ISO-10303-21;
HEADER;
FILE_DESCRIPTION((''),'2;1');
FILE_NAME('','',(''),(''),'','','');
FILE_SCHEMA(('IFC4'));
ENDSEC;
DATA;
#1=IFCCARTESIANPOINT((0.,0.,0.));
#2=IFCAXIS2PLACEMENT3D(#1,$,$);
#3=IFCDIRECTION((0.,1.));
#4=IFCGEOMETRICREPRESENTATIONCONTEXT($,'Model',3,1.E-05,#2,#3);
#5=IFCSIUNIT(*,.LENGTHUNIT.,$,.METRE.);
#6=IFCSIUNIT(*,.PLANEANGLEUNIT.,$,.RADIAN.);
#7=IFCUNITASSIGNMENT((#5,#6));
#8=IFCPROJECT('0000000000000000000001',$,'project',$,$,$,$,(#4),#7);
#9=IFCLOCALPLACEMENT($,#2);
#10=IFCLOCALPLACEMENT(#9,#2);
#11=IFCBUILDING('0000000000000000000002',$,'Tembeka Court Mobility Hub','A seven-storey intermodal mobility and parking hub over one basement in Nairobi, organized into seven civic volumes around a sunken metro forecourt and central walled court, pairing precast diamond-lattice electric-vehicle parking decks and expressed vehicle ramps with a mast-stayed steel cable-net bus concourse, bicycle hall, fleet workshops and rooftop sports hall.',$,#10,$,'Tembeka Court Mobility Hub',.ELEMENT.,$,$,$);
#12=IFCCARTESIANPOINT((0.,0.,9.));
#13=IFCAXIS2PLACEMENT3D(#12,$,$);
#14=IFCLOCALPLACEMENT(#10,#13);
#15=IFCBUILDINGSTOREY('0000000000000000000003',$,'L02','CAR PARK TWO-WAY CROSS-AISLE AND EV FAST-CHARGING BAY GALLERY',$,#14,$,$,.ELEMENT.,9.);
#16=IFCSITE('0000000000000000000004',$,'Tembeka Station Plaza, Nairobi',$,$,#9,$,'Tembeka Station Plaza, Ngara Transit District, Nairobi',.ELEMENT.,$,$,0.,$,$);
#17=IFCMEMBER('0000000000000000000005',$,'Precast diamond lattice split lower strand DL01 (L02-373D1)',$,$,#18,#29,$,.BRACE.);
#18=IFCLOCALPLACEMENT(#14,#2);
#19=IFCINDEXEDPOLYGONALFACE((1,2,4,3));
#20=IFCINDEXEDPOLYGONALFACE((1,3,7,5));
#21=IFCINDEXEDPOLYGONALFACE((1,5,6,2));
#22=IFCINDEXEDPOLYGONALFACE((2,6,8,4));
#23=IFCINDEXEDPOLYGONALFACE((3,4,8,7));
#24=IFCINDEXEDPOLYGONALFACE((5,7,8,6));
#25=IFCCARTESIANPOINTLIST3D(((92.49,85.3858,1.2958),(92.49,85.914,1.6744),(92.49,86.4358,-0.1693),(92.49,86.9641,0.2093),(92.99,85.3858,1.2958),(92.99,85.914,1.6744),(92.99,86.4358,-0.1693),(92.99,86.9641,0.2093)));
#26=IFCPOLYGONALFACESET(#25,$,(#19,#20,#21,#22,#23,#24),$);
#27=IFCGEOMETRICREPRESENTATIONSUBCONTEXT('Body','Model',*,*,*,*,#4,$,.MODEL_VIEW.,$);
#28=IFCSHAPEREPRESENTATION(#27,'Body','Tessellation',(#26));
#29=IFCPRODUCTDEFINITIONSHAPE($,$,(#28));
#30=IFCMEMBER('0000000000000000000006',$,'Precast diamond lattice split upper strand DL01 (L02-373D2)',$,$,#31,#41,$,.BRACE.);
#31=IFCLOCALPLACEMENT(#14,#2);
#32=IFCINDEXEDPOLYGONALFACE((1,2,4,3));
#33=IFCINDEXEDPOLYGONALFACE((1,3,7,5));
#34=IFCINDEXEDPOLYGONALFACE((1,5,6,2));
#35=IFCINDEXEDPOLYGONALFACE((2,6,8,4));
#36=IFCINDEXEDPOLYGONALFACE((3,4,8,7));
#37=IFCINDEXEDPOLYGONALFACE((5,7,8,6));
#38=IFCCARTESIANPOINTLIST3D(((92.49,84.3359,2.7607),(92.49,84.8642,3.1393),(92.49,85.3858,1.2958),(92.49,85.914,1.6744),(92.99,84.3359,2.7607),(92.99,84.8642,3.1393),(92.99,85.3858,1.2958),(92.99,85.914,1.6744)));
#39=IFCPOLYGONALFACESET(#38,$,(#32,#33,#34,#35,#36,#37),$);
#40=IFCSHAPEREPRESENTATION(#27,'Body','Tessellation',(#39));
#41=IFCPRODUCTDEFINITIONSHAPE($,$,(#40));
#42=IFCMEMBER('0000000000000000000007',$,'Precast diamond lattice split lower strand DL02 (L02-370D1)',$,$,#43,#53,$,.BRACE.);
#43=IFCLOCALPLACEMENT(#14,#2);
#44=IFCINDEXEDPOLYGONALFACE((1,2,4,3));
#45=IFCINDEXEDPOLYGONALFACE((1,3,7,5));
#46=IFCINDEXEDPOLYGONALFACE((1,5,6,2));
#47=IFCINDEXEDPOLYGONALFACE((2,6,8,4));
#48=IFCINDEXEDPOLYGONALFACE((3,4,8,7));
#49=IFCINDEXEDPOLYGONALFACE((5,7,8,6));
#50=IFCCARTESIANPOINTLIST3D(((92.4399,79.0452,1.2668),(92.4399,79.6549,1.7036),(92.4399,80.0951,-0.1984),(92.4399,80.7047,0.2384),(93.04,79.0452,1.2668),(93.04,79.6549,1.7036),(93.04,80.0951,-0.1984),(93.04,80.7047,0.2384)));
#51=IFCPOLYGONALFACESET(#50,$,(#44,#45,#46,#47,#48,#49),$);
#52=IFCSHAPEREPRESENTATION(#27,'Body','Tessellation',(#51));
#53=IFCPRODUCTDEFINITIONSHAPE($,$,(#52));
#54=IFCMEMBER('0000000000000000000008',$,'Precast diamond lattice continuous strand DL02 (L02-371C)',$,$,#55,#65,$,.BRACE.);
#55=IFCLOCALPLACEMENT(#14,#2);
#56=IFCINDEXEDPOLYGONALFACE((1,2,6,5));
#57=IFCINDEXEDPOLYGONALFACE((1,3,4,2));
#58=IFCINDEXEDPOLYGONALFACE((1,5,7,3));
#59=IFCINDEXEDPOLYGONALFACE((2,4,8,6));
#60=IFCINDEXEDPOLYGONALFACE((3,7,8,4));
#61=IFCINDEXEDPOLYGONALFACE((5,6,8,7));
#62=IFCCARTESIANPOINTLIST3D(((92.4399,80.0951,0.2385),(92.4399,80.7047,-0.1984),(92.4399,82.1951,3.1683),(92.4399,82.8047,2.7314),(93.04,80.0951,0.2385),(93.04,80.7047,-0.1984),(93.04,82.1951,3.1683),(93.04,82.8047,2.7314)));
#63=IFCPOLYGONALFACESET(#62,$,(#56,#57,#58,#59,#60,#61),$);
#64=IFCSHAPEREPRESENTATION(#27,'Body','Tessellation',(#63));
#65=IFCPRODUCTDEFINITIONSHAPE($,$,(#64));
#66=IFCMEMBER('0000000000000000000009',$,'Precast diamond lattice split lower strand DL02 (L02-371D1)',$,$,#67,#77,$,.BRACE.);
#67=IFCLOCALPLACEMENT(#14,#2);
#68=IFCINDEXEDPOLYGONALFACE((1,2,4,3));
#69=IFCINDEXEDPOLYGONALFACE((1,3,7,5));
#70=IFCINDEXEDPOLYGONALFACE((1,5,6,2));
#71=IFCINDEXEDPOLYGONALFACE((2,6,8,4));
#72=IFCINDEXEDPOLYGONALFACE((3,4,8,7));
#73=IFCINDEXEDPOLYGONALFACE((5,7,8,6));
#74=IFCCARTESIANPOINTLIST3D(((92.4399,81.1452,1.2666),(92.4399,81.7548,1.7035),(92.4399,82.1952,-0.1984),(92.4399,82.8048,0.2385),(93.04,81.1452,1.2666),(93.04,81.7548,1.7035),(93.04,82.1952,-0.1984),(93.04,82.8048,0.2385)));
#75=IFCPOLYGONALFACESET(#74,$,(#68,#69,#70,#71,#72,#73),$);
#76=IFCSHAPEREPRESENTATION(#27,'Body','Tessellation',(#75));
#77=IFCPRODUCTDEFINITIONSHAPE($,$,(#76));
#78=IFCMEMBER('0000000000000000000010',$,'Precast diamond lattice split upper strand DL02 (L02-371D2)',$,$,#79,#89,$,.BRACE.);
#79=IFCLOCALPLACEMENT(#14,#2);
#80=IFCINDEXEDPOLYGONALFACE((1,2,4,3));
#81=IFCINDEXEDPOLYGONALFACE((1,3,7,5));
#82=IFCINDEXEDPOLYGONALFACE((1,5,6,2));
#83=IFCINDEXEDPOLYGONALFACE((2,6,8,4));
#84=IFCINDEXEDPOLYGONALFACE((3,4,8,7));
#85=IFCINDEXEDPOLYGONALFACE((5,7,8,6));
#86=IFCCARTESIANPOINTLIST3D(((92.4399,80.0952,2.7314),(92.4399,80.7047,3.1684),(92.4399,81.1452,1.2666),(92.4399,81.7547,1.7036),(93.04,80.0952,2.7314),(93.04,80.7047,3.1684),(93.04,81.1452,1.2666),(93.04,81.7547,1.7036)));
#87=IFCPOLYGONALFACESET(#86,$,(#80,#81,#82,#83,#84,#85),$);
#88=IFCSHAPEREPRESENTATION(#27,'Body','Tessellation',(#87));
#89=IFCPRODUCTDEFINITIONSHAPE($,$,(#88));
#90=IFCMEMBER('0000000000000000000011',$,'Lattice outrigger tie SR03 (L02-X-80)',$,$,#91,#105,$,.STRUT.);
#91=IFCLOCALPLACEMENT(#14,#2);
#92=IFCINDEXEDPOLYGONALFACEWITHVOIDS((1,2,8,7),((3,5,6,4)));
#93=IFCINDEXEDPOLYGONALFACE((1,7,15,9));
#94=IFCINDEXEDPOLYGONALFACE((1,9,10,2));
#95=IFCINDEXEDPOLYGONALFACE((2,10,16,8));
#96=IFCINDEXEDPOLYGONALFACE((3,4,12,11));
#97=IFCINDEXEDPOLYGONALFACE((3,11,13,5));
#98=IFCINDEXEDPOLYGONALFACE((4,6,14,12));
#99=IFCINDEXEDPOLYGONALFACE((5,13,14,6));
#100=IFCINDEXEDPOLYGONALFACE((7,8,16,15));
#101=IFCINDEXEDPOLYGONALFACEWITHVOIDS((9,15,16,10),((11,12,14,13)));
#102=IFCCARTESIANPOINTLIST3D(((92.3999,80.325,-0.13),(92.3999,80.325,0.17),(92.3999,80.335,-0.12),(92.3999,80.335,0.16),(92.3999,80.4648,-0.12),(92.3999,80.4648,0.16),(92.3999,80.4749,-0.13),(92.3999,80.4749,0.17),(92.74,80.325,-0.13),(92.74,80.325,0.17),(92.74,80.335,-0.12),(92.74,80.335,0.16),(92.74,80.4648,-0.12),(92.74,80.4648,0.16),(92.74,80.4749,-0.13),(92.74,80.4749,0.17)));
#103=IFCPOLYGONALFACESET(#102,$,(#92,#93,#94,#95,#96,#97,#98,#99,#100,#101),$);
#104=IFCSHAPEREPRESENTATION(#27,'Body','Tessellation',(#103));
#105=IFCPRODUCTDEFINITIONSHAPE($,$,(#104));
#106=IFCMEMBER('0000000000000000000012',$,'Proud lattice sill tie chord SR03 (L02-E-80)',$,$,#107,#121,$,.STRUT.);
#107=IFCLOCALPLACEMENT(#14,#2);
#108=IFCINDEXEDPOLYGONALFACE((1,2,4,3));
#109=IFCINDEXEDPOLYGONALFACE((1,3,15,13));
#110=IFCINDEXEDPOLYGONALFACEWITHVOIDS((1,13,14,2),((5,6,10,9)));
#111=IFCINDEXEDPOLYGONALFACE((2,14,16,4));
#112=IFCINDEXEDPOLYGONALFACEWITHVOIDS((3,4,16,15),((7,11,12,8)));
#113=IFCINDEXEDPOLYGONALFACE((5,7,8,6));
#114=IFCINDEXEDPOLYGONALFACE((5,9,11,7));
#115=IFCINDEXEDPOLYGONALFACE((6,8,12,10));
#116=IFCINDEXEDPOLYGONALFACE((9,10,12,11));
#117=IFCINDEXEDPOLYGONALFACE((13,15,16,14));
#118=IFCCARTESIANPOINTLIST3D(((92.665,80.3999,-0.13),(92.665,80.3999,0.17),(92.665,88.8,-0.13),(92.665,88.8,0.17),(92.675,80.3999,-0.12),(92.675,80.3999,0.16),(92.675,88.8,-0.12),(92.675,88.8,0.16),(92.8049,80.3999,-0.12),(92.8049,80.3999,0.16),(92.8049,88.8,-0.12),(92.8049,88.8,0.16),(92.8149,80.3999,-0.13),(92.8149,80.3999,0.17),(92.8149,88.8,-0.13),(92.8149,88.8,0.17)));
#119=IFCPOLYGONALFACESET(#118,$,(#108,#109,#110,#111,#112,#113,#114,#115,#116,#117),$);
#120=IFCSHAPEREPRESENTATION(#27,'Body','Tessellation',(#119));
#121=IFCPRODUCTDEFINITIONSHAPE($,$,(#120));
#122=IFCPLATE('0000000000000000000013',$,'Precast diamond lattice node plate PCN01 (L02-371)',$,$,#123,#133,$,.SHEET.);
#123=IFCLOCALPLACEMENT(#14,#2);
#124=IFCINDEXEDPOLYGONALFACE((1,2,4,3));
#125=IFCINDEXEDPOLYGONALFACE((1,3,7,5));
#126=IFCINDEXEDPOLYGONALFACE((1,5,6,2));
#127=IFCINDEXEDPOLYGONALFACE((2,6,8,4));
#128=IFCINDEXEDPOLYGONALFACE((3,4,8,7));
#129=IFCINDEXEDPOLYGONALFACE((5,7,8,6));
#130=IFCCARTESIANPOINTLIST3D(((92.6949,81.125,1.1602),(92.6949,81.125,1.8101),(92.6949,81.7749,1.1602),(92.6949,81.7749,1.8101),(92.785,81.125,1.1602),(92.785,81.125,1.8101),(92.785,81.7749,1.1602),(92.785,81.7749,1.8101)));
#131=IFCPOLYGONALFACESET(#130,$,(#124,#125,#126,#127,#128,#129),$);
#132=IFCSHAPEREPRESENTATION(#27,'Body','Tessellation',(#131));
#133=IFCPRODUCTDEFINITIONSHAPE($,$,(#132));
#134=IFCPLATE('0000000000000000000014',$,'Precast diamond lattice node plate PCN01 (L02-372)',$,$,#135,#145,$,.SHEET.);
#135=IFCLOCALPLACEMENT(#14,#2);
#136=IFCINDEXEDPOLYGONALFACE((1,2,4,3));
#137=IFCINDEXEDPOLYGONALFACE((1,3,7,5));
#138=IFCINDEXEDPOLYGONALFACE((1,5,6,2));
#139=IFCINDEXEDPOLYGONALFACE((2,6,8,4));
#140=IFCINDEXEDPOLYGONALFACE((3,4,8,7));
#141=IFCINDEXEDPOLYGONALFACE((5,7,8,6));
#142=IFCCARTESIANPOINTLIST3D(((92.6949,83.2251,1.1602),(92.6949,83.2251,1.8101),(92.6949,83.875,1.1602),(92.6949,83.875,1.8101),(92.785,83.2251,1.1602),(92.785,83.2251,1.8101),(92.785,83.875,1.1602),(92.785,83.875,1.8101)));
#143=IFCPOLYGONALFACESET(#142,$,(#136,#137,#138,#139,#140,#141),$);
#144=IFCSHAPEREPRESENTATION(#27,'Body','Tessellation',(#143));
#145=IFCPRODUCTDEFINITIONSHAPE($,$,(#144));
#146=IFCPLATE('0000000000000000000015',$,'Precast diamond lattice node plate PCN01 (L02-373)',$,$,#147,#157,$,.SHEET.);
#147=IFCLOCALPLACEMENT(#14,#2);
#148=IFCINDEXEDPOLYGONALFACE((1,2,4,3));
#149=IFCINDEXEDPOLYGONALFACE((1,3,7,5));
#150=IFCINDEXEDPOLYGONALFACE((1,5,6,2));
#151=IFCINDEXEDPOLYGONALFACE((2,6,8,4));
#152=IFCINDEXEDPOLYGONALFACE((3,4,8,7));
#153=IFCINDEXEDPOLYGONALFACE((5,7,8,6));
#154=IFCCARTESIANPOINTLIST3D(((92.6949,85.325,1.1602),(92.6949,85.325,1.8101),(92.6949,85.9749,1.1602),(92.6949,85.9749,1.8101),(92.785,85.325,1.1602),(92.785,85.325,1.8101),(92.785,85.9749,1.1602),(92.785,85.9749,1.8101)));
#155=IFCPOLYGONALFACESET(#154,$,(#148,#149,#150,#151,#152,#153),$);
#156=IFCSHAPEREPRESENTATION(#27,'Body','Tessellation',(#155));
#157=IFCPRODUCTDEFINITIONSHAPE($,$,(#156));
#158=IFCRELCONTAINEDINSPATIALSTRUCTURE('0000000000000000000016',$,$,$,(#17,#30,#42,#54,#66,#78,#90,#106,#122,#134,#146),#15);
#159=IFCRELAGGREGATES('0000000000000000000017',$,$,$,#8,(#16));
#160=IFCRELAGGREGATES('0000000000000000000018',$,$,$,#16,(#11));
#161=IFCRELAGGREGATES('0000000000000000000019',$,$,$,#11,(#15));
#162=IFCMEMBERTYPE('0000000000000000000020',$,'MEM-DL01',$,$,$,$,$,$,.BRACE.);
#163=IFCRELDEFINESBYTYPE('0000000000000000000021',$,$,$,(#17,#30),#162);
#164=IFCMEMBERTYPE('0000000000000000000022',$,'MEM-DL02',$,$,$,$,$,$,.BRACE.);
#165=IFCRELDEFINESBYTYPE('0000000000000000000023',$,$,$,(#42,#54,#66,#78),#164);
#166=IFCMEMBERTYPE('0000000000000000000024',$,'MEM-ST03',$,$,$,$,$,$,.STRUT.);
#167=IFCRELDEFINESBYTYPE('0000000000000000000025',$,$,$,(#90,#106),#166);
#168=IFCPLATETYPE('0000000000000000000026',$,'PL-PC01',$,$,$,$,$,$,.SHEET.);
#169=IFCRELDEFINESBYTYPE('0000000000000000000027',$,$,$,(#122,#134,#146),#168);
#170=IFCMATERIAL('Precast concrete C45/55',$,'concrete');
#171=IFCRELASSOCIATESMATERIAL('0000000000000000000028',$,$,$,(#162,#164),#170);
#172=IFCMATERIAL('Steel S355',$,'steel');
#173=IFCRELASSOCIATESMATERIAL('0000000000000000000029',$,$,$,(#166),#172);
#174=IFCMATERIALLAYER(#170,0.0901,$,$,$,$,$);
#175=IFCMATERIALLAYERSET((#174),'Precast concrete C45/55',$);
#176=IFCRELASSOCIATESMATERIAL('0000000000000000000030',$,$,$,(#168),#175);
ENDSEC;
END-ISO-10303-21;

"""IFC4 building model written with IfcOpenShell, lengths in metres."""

from ifc_helpers import new_model, si_unit, direction, frame, origin, origin_2d, place, context, subcontext, project, spatial, rectangle, hollow_rectangle, extrude, material, layer, layer_set, material_profile, profile_set, type_object, element, save


model = new_model("IFC4")

# Units and contexts
model_context = context("Model", 3, precision=1e-05, world=origin(), true_north=direction((0.0, 1.0)))
body_context = subcontext(model_context, "Body", "Model", "MODEL_VIEW")
ifc_project = project(units=[si_unit("LENGTHUNIT", "METRE"), si_unit("PLANEANGLEUNIT", "RADIAN")], contexts=[model_context])

# Site, building, storey
site_placement = place(None, origin())
site = spatial("IfcSite", under=ifc_project, at=site_placement, Name="Tembeka Station Plaza, Nairobi", LongName="Tembeka Station Plaza, Ngara Transit District, Nairobi", CompositionType="ELEMENT", RefElevation=0.0)
building_placement = place(site_placement, origin())
building = spatial("IfcBuilding", under=site, at=building_placement, Name="Tembeka Court Mobility Hub", Description="A seven-storey intermodal mobility and parking hub over one basement in Nairobi, organized into seven civic volumes around a sunken metro forecourt and central walled court, pairing precast diamond-lattice electric-vehicle parking decks and expressed vehicle ramps with a mast-stayed steel cable-net bus concourse, bicycle hall, fleet workshops and rooftop sports hall.", LongName="Tembeka Court Mobility Hub", CompositionType="ELEMENT")
storey_placement = place(building_placement, frame((0.0, 0.0, 9.0)))
storey = spatial("IfcBuildingStorey", under=building, at=storey_placement, Name="L02", Description="CAR PARK TWO-WAY CROSS-AISLE AND EV FAST-CHARGING BAY GALLERY", CompositionType="ELEMENT", Elevation=9.0)

# Shared definitions
ifc_material_1 = material(Name="Steel S355", Category="steel")

# Members
ifc_material_2 = material(Name="Precast concrete C45/55", Category="concrete")
ifc_material_profile_1 = material_profile(ifc_material_2, rectangle(XDim=0.5, YDim=0.6499, at=origin_2d()), Name="PC-DIAG 500x650")
ifc_profile_set_1 = profile_set([ifc_material_profile_1], Name="Precast concrete C45/55")
member_type_1 = type_object("IfcMemberType", Name="MEM-DL01", PredefinedType="BRACE", material=ifc_profile_set_1)
member_1_placement = place(storey_placement, frame((92.74, 86.7, 0.02), z_axis=(0.0, -0.582544, 0.812799), x_axis=(1.0, 0.0, 0.0)))
element("IfcMember", 1, at=member_1_placement, inside=storey, type_object=member_type_1, Name="Precast diamond lattice split lower strand DL01 (L02-373D1)", PredefinedType="BRACE", context=body_context, shape_type="SweptSolid", body=[
    extrude(rectangle(XDim=0.5, YDim=0.6499, at=origin_2d()), origin(), (0.0, 0.0, 1.0), 1.8025),
])
member_2_placement = place(storey_placement, frame((92.74, 85.6499, 1.4851), z_axis=(0.0, -0.582519, 0.812817), x_axis=(1.0, 0.0, 0.0)))
element("IfcMember", 2, at=member_2_placement, inside=storey, type_object=member_type_1, Name="Precast diamond lattice split upper strand DL01 (L02-373D2)", PredefinedType="BRACE", context=body_context, shape_type="SweptSolid", body=[
    extrude(rectangle(XDim=0.5, YDim=0.6499, at=origin_2d()), origin(), (0.0, 0.0, 1.0), 1.8022),
])
ifc_material_profile_2 = material_profile(ifc_material_2, rectangle(XDim=0.6001, YDim=0.75, at=origin_2d()), Name="PC-DIAG 600x750")
ifc_profile_set_2 = profile_set([ifc_material_profile_2], Name="Precast concrete C45/55")
member_type_2 = type_object("IfcMemberType", Name="MEM-DL02", PredefinedType="BRACE", material=ifc_profile_set_2)
member_3_placement = place(storey_placement, frame((92.74, 80.3999, 0.02), z_axis=(0.0, -0.582455, 0.812863), x_axis=(1.0, 0.0, 0.0)))
element("IfcMember", 3, at=member_3_placement, inside=storey, type_object=member_type_2, Name="Precast diamond lattice split lower strand DL02 (L02-370D1)", PredefinedType="BRACE", context=body_context, shape_type="SweptSolid", body=[
    extrude(rectangle(XDim=0.6001, YDim=0.75, at=origin_2d()), origin(), (0.0, 0.0, 1.0), 1.8025),
])
member_4_placement = place(storey_placement, frame((92.74, 80.3999, 0.02), z_axis=(0.0, 0.582576, 0.812776), x_axis=(-1.0, 0.0, 0.0)))
element("IfcMember", 4, at=member_4_placement, inside=storey, type_object=member_type_2, Name="Precast diamond lattice continuous strand DL02 (L02-371C)", PredefinedType="BRACE", context=body_context, shape_type="SweptSolid", body=[
    extrude(rectangle(XDim=0.6001, YDim=0.75, at=origin_2d()), origin(), (0.0, 0.0, 1.0), 3.6047),
])
member_5_placement = place(storey_placement, frame((92.74, 82.5, 0.02), z_axis=(0.0, -0.582544, 0.812799), x_axis=(1.0, 0.0, 0.0)))
element("IfcMember", 5, at=member_5_placement, inside=storey, type_object=member_type_2, Name="Precast diamond lattice split lower strand DL02 (L02-371D1)", PredefinedType="BRACE", context=body_context, shape_type="SweptSolid", body=[
    extrude(rectangle(XDim=0.6001, YDim=0.75, at=origin_2d()), origin(), (0.0, 0.0, 1.0), 1.8025),
])
member_6_placement = place(storey_placement, frame((92.74, 81.45, 1.4851), z_axis=(0.0, -0.582608, 0.812753), x_axis=(1.0, 0.0, 0.0)))
element("IfcMember", 6, at=member_6_placement, inside=storey, type_object=member_type_2, Name="Precast diamond lattice split upper strand DL02 (L02-371D2)", PredefinedType="BRACE", context=body_context, shape_type="SweptSolid", body=[
    extrude(rectangle(XDim=0.6001, YDim=0.75, at=origin_2d()), origin(), (0.0, 0.0, 1.0), 1.8022),
])
ifc_material_profile_3 = material_profile(ifc_material_1, hollow_rectangle(XDim=0.1499, YDim=0.3, WallThickness=0.01, at=origin_2d()), Name="RHS 300x150x10")
ifc_profile_set_3 = profile_set([ifc_material_profile_3], Name="Steel S355")
member_type_3 = type_object("IfcMemberType", Name="MEM-ST03", PredefinedType="STRUT", material=ifc_profile_set_3)
member_7_placement = place(storey_placement, frame((92.3999, 80.3999, 0.02), z_axis=(1.0, 0.0, 0.0), x_axis=(0.0, 1.0, 0.0)))
element("IfcMember", 7, at=member_7_placement, inside=storey, type_object=member_type_3, Name="Lattice outrigger tie SR03 (L02-X-80)", PredefinedType="STRUT", context=body_context, shape_type="SweptSolid", body=[
    extrude(hollow_rectangle(XDim=0.1499, YDim=0.3, WallThickness=0.01, at=origin_2d()), origin(), (0.0, 0.0, 1.0), 0.3401),
])
member_8_placement = place(storey_placement, frame((92.74, 80.3999, 0.02), z_axis=(0.0, 1.0, 0.0), x_axis=(-1.0, 0.0, 0.0)))
element("IfcMember", 8, at=member_8_placement, inside=storey, type_object=member_type_3, Name="Proud lattice sill tie chord SR03 (L02-E-80)", PredefinedType="STRUT", context=body_context, shape_type="SweptSolid", body=[
    extrude(hollow_rectangle(XDim=0.1499, YDim=0.3, WallThickness=0.01, at=origin_2d()), origin(), (0.0, 0.0, 1.0), 8.4001),
])

# Plates
ifc_layer = layer(ifc_material_2, 0.0901)
ifc_layer_set = layer_set([ifc_layer], Name="Precast concrete C45/55")
plate_type = type_object("IfcPlateType", Name="PL-PC01", PredefinedType="SHEET", material=ifc_layer_set)
for number, where, z_axis, x_axis, name in (
    (9, (92.74, 81.45, 1.1602), (0.0, 0.0, 1.0), (1.0, 0.0, 0.0), "Precast diamond lattice node plate PCN01 (L02-371)"),
    (10, (92.74, 83.55, 1.1602), (0.0, 0.0, 1.0), (1.0, 0.0, 0.0), "Precast diamond lattice node plate PCN01 (L02-372)"),
    (11, (92.74, 85.6499, 1.1602), (0.0, 0.0, 1.0), (1.0, 0.0, 0.0), "Precast diamond lattice node plate PCN01 (L02-373)"),
):
    element("IfcPlate", number, at=place(storey_placement, frame(where, z_axis=z_axis, x_axis=x_axis)), inside=storey, type_object=plate_type, Name=name, PredefinedType="SHEET", context=body_context, shape_type="SweptSolid", body=[
        extrude(rectangle(XDim=0.0901, YDim=0.6499, at=origin_2d()), origin(), (0.0, 0.0, 1.0), 0.6499),
    ])

save(model, "model.ifc")
